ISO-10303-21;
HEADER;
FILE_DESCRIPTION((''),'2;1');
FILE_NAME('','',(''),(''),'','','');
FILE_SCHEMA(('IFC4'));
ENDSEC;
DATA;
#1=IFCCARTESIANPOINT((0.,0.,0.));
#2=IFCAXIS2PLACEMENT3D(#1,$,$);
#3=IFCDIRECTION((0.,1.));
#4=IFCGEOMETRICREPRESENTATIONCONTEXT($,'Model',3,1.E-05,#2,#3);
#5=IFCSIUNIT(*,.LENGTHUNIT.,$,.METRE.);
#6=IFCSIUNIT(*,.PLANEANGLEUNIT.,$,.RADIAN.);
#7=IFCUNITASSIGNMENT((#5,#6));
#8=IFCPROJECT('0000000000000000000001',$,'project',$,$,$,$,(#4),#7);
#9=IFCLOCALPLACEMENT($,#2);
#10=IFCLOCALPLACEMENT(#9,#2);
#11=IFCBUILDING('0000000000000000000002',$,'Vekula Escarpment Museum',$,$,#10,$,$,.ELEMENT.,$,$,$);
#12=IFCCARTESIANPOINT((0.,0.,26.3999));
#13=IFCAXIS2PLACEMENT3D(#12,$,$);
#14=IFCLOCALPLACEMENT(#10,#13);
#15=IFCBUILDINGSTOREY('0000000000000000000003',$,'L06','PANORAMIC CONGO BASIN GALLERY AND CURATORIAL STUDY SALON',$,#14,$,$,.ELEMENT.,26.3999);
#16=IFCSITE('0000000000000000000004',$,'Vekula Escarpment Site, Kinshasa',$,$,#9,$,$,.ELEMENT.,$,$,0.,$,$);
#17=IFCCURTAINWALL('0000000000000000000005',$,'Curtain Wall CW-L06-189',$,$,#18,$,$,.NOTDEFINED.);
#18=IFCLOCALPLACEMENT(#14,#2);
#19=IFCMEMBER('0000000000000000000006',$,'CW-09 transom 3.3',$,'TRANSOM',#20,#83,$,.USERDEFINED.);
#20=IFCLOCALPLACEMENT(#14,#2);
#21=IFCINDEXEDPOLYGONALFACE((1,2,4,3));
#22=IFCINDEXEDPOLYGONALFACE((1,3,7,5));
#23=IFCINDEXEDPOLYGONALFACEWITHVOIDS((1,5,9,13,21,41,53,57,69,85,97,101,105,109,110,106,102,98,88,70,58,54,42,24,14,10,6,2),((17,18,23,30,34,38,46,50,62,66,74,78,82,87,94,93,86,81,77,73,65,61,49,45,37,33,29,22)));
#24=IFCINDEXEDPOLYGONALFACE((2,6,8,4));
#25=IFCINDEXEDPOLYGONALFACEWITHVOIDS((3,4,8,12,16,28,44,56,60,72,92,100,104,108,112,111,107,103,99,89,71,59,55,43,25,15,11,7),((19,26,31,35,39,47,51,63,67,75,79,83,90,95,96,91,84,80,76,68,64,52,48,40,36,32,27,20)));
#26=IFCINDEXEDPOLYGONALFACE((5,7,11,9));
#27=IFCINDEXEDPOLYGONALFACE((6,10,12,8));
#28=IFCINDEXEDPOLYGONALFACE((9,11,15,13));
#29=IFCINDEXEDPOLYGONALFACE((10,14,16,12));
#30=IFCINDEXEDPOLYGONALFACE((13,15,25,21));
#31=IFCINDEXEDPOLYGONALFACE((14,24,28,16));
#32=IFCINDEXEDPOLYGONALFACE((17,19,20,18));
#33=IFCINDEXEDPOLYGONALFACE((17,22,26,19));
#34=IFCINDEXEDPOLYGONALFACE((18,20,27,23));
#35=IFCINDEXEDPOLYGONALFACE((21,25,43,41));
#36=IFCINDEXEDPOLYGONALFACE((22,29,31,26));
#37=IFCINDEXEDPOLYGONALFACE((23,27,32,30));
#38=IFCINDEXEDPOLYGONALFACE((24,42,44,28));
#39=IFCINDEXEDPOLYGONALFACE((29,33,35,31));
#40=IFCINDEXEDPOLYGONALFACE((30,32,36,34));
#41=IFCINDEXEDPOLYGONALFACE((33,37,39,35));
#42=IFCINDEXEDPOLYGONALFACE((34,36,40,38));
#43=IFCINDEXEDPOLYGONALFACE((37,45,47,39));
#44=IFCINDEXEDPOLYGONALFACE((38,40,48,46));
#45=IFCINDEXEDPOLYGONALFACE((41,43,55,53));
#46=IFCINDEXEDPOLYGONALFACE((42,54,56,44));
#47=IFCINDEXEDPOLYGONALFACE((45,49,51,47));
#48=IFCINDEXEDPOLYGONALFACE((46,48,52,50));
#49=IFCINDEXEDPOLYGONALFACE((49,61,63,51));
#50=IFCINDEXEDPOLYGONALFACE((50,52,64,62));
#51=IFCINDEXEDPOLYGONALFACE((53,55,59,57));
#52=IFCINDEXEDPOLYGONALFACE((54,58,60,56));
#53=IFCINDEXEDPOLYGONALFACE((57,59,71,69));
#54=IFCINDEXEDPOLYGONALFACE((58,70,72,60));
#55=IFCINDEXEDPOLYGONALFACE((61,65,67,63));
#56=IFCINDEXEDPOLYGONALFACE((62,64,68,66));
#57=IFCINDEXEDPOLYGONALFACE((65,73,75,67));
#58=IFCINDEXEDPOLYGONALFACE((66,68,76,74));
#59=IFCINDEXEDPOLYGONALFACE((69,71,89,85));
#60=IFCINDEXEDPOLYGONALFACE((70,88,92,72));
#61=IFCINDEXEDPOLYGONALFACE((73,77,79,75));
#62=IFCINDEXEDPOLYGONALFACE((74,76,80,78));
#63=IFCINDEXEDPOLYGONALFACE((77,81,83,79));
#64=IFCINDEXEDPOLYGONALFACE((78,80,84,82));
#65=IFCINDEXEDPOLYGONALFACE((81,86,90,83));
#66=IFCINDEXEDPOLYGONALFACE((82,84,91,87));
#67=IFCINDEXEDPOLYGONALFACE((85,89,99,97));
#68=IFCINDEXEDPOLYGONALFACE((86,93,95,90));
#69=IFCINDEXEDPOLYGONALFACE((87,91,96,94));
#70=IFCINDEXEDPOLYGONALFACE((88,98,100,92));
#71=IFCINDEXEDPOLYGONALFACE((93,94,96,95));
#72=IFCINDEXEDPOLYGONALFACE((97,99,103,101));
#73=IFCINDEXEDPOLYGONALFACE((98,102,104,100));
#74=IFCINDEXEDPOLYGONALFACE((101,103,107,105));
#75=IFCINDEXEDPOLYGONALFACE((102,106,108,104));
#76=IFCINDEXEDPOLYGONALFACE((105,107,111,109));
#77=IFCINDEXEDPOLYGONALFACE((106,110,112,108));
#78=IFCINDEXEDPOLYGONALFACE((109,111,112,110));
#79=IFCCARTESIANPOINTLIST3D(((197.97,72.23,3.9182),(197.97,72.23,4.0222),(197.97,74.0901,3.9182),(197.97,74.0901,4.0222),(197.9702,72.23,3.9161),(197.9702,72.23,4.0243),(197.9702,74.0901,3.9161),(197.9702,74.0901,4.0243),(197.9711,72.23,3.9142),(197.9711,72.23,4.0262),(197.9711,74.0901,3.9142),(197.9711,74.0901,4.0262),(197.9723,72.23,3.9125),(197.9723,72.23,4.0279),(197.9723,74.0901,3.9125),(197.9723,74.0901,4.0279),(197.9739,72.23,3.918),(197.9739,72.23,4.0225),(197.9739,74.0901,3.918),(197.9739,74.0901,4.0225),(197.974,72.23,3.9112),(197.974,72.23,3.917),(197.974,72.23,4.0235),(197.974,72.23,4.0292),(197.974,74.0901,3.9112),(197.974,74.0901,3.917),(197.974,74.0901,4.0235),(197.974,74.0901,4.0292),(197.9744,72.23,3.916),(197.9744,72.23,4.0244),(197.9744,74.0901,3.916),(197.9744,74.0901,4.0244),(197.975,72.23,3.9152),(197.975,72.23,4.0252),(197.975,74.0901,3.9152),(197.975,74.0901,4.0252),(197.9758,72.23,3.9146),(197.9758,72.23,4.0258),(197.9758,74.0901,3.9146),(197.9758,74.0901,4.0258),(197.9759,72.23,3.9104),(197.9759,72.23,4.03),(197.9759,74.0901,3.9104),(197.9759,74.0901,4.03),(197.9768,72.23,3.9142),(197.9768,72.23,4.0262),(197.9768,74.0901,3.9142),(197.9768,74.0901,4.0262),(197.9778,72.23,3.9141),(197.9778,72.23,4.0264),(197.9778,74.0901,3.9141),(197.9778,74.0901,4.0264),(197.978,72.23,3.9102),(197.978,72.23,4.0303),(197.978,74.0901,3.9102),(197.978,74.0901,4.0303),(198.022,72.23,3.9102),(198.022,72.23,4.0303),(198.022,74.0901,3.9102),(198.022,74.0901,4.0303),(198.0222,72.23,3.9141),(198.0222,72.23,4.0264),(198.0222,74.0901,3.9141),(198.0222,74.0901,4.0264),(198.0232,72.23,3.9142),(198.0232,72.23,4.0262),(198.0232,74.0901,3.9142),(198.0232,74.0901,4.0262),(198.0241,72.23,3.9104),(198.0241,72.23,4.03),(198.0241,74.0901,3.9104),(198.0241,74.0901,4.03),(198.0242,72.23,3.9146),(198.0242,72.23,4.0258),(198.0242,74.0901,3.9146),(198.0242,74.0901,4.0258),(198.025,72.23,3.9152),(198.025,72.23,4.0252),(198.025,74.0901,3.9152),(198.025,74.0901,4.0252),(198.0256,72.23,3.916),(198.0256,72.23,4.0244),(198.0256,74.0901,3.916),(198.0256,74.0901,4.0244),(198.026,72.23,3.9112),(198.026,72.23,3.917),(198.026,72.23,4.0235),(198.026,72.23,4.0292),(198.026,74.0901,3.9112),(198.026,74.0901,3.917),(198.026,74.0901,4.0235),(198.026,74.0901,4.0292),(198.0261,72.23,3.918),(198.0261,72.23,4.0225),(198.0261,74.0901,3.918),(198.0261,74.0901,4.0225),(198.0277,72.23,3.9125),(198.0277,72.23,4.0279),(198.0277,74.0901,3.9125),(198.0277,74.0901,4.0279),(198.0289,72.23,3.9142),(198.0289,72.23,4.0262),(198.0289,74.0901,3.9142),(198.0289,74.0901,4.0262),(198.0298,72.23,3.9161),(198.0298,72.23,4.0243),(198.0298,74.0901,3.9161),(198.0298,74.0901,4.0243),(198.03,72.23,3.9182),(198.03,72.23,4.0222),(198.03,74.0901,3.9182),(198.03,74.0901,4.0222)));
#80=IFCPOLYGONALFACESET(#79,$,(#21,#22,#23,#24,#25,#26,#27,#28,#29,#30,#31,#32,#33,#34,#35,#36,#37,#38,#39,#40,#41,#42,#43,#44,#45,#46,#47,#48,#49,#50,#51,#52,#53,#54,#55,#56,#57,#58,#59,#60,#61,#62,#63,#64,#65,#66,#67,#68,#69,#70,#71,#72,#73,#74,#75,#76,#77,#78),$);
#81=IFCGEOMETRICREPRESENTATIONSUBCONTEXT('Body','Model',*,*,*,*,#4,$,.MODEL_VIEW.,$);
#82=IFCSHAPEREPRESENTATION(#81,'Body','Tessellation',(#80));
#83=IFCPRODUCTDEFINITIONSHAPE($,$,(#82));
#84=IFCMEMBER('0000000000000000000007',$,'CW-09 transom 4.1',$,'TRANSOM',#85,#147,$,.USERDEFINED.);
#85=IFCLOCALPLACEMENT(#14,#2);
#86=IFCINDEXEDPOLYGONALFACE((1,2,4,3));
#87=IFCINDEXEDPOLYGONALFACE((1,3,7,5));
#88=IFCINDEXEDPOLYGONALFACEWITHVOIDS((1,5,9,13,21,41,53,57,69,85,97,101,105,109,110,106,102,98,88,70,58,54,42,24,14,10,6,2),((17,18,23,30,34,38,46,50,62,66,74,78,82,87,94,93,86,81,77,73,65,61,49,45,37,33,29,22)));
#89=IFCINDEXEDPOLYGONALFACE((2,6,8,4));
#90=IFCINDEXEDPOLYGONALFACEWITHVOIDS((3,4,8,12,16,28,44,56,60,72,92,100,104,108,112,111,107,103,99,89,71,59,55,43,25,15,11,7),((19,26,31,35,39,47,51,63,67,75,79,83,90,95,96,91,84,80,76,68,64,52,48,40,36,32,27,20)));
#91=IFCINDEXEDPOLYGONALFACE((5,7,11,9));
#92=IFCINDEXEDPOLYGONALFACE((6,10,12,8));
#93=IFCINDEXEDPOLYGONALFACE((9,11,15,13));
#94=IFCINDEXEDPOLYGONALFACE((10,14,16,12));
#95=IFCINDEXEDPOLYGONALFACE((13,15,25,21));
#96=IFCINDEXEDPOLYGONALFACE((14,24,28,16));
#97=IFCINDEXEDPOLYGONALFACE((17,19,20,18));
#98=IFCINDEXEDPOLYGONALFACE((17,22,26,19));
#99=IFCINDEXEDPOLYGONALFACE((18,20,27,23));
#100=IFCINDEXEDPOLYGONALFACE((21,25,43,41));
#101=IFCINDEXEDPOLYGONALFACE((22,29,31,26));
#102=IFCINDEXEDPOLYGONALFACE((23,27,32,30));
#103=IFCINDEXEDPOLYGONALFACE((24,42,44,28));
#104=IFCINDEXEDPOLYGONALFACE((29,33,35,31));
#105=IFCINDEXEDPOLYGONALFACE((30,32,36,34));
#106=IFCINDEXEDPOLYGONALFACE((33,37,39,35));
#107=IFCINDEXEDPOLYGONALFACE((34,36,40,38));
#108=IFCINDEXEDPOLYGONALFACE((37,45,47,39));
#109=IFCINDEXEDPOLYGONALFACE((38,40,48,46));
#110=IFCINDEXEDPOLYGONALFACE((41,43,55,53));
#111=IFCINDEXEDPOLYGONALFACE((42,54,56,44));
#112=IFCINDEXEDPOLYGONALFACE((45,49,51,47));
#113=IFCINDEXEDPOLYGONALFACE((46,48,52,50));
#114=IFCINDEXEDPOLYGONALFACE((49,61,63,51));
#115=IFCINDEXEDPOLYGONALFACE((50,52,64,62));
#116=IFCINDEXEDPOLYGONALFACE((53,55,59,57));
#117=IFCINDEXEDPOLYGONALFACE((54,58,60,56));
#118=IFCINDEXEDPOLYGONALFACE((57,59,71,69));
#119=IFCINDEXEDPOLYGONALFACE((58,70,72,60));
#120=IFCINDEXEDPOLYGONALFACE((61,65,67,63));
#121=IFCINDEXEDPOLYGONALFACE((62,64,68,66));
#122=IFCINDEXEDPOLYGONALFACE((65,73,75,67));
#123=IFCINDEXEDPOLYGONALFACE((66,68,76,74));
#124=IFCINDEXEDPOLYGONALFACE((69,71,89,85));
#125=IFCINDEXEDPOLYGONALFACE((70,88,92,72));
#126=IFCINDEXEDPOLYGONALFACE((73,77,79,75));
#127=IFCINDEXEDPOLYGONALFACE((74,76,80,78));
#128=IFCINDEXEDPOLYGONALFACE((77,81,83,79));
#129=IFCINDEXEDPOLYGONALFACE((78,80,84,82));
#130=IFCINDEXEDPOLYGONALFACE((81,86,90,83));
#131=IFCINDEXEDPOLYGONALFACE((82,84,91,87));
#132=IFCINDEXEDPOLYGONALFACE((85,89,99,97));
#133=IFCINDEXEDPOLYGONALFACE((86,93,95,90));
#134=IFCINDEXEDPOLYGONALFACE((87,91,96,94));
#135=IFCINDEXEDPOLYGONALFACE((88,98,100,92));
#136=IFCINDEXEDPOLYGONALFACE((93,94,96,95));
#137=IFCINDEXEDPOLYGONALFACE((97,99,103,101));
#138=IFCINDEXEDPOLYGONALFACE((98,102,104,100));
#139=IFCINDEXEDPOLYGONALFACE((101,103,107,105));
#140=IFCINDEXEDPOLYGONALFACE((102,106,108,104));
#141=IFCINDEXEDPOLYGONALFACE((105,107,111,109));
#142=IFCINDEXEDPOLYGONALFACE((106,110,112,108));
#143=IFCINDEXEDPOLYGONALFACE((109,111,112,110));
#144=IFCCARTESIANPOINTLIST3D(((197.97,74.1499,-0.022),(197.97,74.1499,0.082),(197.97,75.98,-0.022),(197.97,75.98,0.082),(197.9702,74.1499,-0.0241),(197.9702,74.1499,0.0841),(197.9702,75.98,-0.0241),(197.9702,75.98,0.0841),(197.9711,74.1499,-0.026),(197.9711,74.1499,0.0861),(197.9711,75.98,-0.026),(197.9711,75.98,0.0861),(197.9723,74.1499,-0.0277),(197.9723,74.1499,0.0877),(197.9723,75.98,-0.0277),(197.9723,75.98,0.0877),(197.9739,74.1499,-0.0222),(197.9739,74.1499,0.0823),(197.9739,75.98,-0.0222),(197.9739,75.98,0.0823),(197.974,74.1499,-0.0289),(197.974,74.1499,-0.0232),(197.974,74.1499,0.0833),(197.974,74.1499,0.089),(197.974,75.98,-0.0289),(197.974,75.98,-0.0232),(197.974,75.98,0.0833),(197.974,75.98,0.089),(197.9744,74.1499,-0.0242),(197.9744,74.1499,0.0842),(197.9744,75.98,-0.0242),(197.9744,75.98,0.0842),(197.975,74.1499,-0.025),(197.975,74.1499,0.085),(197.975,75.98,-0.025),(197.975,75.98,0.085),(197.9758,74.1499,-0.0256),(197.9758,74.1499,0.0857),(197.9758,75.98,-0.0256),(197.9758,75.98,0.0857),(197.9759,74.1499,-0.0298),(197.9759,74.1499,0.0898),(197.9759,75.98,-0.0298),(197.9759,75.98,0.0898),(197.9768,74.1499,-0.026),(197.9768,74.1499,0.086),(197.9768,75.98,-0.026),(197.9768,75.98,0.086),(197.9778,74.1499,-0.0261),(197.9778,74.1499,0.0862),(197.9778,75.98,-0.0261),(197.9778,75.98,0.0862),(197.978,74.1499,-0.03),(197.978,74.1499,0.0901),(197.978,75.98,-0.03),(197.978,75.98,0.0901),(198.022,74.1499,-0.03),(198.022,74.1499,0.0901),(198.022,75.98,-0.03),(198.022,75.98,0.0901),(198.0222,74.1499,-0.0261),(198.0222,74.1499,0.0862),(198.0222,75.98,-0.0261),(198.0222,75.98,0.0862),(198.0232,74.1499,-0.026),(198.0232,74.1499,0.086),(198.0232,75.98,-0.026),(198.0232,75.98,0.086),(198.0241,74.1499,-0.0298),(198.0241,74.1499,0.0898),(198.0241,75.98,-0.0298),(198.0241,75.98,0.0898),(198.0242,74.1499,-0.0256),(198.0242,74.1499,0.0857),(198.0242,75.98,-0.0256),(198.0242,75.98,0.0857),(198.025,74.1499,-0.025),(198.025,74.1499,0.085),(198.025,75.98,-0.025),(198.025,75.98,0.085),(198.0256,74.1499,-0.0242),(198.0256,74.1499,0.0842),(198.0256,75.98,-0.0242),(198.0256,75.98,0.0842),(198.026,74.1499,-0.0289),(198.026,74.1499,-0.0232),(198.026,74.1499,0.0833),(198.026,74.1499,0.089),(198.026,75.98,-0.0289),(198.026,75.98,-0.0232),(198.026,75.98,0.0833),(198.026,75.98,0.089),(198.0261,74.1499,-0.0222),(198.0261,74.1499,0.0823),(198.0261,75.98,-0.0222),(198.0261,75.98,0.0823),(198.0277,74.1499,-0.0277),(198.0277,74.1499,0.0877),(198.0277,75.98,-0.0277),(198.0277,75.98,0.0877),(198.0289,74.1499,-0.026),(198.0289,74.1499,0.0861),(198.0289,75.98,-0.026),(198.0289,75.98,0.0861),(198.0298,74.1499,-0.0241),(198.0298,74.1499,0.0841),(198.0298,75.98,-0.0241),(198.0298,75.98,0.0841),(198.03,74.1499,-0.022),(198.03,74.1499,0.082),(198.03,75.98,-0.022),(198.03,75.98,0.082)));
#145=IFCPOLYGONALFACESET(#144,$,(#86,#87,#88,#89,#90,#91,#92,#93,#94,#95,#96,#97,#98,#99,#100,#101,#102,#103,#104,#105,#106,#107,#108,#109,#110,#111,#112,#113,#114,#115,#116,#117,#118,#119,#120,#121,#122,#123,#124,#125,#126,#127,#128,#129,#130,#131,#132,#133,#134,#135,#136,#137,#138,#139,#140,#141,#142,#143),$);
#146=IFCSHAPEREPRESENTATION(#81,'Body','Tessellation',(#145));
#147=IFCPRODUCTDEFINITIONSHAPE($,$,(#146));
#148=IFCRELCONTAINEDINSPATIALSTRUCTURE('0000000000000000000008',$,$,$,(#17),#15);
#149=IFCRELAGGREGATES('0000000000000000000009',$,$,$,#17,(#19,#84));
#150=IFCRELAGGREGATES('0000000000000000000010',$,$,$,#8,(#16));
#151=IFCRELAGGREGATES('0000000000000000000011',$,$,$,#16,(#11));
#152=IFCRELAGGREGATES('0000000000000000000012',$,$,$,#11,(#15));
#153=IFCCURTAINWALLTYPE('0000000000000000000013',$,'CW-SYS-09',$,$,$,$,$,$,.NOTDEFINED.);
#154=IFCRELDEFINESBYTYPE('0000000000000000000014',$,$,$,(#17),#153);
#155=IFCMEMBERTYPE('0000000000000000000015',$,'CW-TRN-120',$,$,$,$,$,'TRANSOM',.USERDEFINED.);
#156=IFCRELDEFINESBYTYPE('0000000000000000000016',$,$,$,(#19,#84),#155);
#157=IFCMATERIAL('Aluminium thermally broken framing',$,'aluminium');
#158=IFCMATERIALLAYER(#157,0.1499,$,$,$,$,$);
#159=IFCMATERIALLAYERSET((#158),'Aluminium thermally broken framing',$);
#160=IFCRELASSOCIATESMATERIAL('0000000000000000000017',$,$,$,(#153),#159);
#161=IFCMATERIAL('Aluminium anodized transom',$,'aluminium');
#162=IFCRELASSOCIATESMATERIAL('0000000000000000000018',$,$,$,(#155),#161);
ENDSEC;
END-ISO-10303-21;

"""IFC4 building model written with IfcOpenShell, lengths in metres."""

from ifc_helpers import new_model, si_unit, direction, frame, origin, origin_2d, place, context, subcontext, project, spatial, hollow_rectangle, extrude, material, layer, layer_set, material_profile, profile_set, type_object, element, aggregate, save


model = new_model("IFC4")

# Units and contexts
model_context = context("Model", 3, precision=1e-05, world=origin(), true_north=direction((0.0, 1.0)))
body_context = subcontext(model_context, "Body", "Model", "MODEL_VIEW")
ifc_project = project(units=[si_unit("LENGTHUNIT", "METRE"), si_unit("PLANEANGLEUNIT", "RADIAN")], contexts=[model_context])

# Site, building, storey
site_placement = place(None, origin())
site = spatial("IfcSite", under=ifc_project, at=site_placement, Name="Vekula Escarpment Site, Kinshasa", CompositionType="ELEMENT", RefElevation=0.0)
building_placement = place(site_placement, origin())
building = spatial("IfcBuilding", under=site, at=building_placement, Name="Vekula Escarpment Museum", CompositionType="ELEMENT")
storey_placement = place(building_placement, frame((0.0, 0.0, 26.3999)))
storey = spatial("IfcBuildingStorey", under=building, at=storey_placement, Name="L06", Description="PANORAMIC CONGO BASIN GALLERY AND CURATORIAL STUDY SALON", CompositionType="ELEMENT", Elevation=26.3999)

# Curtain wall, members
ifc_material_1 = material(Name="Aluminium thermally broken framing", Category="aluminium")
ifc_layer_1 = layer(ifc_material_1, 0.1499)
ifc_layer_set_1 = layer_set([ifc_layer_1], Name="Aluminium thermally broken framing")
curtain_wall_type = type_object("IfcCurtainWallType", Name="CW-SYS-09", PredefinedType="NOTDEFINED", material=ifc_layer_set_1)
curtain_wall_placement = place(storey_placement, origin())
curtain_wall = element("IfcCurtainWall", 1, at=curtain_wall_placement, inside=storey, type_object=curtain_wall_type, Name="Curtain Wall CW-L06-189", PredefinedType="NOTDEFINED")
ifc_material_2 = material(Name="Aluminium anodized transom", Category="aluminium")
ifc_material_profile_1 = material_profile(ifc_material_2, hollow_rectangle(XDim=0.0601, YDim=0.1201, WallThickness=0.0039, InnerFilletRadius=0.0039, OuterFilletRadius=0.0081, at=origin_2d()), Name="ALU 120x60x4")
ifc_profile_set_1 = profile_set([ifc_material_profile_1], Name="Aluminium anodized transom")
member_type_1 = type_object("IfcMemberType", Name="CW-TRN-120", ElementType="TRANSOM", PredefinedType="USERDEFINED", material=ifc_profile_set_1)
member_1_placement = place(storey_placement, frame((198.0, 72.23, 3.9702), z_axis=(0.0, 1.0, 0.0), x_axis=(-1.0, 0.0, 0.0)))
member_1 = element("IfcMember", 2, at=member_1_placement, type_object=member_type_1, Name="CW-09 transom 3.3", ObjectType="TRANSOM", PredefinedType="USERDEFINED", context=body_context, shape_type="SweptSolid", body=[
    extrude(hollow_rectangle(XDim=0.0601, YDim=0.1201, WallThickness=0.0039, InnerFilletRadius=0.0039, OuterFilletRadius=0.0081, at=origin_2d()), origin(), (0.0, 0.0, 1.0), 1.8601),
])
member_2_placement = place(storey_placement, frame((198.0, 74.1499, 0.03), z_axis=(0.0, 1.0, 0.0), x_axis=(-1.0, 0.0, 0.0)))
member_2 = element("IfcMember", 3, at=member_2_placement, type_object=member_type_1, Name="CW-09 transom 4.1", ObjectType="TRANSOM", PredefinedType="USERDEFINED", context=body_context, shape_type="SweptSolid", body=[
    extrude(hollow_rectangle(XDim=0.0601, YDim=0.1201, WallThickness=0.0039, InnerFilletRadius=0.0039, OuterFilletRadius=0.0081, at=origin_2d()), origin(), (0.0, 0.0, 1.0), 1.8301),
])

aggregate(curtain_wall, [member_1, member_2])

save(model, "model.ifc")
